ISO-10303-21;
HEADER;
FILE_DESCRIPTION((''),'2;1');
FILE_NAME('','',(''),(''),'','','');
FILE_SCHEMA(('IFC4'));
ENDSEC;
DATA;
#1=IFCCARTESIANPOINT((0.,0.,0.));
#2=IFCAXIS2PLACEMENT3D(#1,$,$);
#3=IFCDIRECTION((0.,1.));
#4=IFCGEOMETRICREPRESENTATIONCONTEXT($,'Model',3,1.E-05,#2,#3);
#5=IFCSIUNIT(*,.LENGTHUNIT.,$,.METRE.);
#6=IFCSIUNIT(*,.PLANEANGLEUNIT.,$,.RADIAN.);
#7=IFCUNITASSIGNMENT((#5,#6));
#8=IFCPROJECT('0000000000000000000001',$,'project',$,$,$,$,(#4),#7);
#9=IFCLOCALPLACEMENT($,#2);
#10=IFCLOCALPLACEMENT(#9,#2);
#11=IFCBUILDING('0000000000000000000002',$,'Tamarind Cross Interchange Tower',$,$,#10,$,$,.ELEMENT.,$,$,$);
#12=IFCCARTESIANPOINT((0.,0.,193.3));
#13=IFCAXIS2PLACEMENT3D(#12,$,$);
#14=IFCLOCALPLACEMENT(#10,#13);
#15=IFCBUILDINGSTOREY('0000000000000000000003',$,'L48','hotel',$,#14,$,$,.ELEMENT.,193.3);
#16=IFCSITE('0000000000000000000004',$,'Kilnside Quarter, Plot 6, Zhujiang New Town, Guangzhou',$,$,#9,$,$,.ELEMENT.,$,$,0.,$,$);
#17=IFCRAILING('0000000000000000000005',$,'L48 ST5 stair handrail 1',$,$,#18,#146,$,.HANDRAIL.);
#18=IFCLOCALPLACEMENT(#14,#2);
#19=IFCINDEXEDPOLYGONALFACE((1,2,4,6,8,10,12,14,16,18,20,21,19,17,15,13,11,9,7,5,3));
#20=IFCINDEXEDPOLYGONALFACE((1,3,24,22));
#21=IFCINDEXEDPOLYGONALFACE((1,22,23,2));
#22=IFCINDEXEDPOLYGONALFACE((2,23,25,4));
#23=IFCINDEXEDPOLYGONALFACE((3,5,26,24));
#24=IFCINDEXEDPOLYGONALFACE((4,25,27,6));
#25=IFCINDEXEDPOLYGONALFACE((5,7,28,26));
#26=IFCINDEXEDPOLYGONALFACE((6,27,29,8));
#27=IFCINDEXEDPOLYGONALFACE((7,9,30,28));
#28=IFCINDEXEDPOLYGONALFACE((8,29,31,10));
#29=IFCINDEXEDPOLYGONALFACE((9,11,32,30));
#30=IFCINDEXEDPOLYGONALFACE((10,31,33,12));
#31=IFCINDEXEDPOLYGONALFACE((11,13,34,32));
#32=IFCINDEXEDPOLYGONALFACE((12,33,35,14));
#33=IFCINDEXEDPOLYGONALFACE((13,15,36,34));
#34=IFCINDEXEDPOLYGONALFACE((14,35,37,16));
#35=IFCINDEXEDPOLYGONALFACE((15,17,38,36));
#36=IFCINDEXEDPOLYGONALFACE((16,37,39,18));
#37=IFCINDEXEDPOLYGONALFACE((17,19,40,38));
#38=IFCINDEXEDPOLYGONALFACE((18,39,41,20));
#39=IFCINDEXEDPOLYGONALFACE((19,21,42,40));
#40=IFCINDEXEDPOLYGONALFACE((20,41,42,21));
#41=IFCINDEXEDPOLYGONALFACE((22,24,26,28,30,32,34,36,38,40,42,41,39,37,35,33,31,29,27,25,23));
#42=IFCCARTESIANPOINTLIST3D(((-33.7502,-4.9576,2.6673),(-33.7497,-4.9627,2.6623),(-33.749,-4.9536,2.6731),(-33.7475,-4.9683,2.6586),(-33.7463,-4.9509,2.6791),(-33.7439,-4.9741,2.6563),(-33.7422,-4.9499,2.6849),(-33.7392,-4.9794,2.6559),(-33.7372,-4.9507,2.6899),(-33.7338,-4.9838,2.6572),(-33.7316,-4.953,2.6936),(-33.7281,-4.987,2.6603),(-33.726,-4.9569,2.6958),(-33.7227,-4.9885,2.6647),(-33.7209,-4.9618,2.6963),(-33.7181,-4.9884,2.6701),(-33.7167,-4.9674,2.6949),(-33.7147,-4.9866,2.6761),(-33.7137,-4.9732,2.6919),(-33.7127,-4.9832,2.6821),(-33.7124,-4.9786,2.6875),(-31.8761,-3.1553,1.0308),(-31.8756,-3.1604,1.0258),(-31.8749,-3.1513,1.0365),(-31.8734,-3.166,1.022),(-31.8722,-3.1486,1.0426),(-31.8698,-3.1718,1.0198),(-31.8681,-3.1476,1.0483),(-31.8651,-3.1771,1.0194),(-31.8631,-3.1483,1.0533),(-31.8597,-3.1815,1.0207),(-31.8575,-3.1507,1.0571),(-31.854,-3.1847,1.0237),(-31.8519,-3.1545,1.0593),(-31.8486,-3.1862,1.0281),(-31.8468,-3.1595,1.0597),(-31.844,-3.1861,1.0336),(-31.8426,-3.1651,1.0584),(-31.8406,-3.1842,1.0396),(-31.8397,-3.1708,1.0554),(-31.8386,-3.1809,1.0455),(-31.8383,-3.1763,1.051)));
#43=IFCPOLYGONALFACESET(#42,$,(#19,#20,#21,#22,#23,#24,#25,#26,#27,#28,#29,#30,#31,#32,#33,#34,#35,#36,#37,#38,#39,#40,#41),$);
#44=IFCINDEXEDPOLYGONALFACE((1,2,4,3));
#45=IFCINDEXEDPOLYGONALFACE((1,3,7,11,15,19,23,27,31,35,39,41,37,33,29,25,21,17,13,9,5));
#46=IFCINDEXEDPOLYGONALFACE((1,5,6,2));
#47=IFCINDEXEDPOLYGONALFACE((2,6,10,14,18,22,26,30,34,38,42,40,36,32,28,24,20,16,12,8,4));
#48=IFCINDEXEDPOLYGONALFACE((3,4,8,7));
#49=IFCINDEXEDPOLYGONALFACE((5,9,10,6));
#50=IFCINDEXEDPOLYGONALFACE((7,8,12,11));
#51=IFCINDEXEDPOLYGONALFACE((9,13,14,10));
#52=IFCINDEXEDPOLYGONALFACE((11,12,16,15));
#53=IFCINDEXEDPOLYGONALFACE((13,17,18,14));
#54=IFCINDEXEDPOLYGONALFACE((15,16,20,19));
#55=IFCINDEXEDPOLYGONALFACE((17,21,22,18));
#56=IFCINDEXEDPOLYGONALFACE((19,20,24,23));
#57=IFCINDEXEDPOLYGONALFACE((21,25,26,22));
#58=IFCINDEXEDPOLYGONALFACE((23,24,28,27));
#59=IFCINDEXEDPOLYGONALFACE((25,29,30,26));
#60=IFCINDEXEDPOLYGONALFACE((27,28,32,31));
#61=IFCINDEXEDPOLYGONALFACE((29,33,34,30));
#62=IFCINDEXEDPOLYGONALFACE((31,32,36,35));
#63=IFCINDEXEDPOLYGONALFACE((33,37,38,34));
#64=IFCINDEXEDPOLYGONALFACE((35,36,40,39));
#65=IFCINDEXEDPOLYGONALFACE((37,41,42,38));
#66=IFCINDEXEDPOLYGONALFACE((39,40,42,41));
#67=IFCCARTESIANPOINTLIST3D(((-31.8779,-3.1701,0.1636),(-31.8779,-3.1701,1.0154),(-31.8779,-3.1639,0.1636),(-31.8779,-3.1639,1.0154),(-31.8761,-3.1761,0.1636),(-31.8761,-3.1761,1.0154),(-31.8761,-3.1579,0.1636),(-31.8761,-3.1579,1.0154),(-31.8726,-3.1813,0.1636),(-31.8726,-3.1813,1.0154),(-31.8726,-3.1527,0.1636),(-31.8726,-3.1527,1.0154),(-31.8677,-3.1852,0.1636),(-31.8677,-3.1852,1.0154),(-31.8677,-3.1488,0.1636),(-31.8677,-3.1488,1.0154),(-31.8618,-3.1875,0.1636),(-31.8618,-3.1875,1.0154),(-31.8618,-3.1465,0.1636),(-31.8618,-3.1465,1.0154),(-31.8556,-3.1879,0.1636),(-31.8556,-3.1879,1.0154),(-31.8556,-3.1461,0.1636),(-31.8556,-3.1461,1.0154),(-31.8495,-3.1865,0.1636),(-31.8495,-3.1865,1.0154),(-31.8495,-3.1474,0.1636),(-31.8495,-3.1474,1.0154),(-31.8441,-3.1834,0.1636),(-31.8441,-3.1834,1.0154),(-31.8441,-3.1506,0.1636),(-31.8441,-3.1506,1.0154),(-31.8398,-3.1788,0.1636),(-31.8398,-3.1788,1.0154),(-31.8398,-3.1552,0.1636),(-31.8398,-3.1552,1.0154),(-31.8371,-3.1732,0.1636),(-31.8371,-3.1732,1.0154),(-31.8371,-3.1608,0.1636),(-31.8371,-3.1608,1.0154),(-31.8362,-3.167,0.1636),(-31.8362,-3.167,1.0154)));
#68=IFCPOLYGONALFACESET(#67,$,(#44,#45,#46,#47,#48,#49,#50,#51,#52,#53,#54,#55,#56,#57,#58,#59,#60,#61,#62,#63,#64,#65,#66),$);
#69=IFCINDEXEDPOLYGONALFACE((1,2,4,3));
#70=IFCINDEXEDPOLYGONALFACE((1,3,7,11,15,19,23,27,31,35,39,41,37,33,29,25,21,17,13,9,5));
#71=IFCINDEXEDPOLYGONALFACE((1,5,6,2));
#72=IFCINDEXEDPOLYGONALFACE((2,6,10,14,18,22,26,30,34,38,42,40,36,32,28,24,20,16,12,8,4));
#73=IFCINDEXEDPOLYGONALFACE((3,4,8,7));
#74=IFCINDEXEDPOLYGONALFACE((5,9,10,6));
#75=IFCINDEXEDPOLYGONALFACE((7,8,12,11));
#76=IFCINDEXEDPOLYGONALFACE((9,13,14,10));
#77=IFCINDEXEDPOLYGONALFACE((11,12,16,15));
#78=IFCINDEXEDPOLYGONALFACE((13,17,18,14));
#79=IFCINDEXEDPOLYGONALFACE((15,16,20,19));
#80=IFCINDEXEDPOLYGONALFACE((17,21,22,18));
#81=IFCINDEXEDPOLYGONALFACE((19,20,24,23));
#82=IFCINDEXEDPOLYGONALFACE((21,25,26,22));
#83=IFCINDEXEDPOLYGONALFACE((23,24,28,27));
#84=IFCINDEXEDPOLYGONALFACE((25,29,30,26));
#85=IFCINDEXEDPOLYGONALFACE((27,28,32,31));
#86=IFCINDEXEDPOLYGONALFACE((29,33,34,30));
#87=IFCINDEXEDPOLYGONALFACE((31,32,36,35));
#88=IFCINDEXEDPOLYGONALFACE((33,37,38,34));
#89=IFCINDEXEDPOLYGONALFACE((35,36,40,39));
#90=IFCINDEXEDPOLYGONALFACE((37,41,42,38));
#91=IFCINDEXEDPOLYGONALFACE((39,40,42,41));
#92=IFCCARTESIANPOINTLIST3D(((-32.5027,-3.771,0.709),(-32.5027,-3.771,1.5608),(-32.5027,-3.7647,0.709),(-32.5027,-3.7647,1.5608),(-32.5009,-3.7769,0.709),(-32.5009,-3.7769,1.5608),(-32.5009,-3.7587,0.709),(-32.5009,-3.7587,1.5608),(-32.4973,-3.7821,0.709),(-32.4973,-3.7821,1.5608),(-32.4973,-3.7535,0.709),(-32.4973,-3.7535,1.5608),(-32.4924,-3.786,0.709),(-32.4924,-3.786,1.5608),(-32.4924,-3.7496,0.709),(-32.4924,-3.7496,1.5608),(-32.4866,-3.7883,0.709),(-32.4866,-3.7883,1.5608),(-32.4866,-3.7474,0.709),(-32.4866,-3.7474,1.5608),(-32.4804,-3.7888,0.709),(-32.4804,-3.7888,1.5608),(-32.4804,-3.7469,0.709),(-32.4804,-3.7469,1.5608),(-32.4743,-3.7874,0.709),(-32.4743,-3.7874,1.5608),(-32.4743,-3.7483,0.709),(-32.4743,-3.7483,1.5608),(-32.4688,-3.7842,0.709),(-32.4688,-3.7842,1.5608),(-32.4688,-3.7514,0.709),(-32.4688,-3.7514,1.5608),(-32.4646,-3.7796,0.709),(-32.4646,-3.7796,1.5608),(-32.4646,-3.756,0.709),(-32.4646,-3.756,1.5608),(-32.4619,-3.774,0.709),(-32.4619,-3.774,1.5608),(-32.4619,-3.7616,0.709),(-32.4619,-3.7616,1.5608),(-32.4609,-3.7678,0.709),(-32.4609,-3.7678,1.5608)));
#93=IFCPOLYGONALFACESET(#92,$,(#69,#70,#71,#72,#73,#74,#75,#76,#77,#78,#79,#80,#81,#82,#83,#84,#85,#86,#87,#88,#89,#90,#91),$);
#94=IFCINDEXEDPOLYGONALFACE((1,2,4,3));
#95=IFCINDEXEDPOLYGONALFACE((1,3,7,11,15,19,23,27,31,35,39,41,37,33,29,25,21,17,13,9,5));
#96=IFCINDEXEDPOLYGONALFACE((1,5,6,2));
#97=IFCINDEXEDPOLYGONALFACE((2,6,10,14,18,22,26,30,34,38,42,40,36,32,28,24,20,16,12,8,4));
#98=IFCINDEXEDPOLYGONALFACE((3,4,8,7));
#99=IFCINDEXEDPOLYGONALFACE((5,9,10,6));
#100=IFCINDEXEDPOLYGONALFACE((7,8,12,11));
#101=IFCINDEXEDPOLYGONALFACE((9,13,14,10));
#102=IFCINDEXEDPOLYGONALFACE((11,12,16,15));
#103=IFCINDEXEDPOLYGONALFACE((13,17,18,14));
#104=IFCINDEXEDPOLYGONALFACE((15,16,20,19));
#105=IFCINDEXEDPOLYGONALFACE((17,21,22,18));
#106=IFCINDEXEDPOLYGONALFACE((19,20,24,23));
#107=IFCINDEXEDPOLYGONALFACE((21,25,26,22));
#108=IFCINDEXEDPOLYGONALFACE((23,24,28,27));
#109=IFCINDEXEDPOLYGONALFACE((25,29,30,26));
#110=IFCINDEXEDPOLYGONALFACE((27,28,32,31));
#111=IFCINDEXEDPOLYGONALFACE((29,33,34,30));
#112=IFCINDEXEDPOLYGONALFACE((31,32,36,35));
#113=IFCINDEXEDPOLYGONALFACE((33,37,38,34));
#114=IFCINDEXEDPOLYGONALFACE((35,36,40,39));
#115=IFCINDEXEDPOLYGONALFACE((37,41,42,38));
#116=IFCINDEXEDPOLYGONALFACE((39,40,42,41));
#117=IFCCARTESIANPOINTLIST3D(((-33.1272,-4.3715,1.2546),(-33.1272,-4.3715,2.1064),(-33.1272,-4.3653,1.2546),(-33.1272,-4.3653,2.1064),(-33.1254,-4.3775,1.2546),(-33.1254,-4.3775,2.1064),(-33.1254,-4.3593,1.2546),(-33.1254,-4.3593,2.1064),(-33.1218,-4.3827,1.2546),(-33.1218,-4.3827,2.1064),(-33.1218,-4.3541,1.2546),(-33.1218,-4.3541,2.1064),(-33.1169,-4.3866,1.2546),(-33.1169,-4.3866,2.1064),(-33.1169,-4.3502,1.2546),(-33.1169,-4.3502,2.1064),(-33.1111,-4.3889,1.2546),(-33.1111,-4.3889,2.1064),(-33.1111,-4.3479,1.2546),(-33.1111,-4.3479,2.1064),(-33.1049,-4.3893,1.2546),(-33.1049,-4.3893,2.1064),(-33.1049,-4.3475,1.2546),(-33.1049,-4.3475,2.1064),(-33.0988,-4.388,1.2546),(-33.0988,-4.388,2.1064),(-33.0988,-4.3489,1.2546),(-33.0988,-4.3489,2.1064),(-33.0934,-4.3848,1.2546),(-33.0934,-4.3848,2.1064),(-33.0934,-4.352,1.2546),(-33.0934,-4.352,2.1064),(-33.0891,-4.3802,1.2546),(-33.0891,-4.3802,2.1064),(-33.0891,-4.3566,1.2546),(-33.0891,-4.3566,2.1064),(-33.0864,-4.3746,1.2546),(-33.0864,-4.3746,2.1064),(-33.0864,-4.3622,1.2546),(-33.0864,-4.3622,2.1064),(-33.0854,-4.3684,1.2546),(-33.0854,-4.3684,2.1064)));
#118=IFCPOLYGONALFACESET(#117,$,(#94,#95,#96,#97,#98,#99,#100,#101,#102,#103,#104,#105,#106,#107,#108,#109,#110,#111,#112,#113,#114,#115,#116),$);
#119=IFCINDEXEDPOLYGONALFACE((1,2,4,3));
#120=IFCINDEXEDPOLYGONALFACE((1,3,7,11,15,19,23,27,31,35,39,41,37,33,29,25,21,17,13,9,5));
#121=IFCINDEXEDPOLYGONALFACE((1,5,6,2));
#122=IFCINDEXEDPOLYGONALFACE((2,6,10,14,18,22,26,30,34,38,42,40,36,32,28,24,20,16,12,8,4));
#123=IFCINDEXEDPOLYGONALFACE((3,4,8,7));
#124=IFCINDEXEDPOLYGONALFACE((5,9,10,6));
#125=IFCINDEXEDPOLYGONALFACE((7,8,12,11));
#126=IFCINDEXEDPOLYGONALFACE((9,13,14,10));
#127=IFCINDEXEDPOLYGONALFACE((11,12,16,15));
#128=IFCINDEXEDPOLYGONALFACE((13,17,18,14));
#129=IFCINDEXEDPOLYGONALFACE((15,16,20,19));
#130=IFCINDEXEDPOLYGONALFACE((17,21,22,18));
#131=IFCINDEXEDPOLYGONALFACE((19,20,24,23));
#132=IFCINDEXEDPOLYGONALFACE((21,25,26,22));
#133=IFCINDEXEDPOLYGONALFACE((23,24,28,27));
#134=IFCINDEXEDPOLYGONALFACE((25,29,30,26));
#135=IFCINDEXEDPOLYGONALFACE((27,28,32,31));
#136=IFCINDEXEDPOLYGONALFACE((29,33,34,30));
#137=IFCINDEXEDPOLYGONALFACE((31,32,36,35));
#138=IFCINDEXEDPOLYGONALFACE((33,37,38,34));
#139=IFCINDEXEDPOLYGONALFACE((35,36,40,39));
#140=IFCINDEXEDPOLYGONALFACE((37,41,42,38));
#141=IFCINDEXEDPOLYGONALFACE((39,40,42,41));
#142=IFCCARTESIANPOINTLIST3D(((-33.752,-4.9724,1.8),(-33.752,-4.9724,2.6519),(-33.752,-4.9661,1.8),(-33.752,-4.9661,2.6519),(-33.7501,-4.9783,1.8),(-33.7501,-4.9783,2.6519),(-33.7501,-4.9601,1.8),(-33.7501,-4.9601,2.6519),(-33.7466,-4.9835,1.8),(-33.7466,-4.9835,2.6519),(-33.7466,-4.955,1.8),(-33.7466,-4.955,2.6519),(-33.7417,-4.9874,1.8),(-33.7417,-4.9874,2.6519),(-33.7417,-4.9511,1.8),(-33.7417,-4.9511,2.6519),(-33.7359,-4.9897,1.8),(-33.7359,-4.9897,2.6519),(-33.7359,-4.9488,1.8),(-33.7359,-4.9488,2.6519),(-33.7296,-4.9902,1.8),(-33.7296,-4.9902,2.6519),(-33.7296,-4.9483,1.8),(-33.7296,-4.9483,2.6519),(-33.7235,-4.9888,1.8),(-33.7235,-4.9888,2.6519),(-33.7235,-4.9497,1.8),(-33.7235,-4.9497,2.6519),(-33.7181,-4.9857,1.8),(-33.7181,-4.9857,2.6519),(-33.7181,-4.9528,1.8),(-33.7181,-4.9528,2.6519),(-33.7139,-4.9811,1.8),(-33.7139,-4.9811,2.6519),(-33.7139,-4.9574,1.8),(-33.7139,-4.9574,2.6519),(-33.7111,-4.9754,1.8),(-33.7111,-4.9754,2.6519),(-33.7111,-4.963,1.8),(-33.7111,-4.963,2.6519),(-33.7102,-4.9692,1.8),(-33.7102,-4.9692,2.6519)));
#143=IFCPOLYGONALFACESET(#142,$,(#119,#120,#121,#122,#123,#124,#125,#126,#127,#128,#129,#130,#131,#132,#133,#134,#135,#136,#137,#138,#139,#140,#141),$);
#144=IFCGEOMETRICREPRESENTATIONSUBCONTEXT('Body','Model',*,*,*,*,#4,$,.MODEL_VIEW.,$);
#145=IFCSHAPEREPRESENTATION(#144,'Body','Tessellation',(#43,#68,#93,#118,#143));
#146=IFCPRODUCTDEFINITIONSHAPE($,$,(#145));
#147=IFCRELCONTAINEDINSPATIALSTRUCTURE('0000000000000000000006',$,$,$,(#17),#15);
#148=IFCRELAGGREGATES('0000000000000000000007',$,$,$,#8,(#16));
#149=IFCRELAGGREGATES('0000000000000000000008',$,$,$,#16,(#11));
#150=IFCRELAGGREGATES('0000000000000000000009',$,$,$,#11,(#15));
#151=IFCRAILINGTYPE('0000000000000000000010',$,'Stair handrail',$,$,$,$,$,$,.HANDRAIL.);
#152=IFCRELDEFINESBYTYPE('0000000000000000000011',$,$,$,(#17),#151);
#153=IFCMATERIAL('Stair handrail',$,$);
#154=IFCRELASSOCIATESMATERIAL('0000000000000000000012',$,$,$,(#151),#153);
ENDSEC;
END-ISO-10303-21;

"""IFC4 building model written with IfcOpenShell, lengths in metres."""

from ifc_helpers import new_model, si_unit, direction, frame, origin, origin_2d, place, context, subcontext, project, spatial, circle, extrude, material, type_object, element, save


model = new_model("IFC4")

# Units and contexts
model_context = context("Model", 3, precision=1e-05, world=origin(), true_north=direction((0.0, 1.0)))
body_context = subcontext(model_context, "Body", "Model", "MODEL_VIEW")
ifc_project = project(units=[si_unit("LENGTHUNIT", "METRE"), si_unit("PLANEANGLEUNIT", "RADIAN")], contexts=[model_context])

# Site, building, storey
site_placement = place(None, origin())
site = spatial("IfcSite", under=ifc_project, at=site_placement, Name="Kilnside Quarter, Plot 6, Zhujiang New Town, Guangzhou", CompositionType="ELEMENT", RefElevation=0.0)
building_placement = place(site_placement, origin())
building = spatial("IfcBuilding", under=site, at=building_placement, Name="Tamarind Cross Interchange Tower", CompositionType="ELEMENT")
storey_placement = place(building_placement, frame((0.0, 0.0, 193.3)))
storey = spatial("IfcBuildingStorey", under=building, at=storey_placement, Name="L48", Description="hotel", CompositionType="ELEMENT", Elevation=193.3)

# Railing
ifc_material_1 = material(Name="Stair handrail")
railing_type_1 = type_object("IfcRailingType", Name="Stair handrail", PredefinedType="HANDRAIL", material=ifc_material_1)
railing_1_placement = place(storey_placement, frame((-31.8572, -3.167, 0.1636)))
element("IfcRailing", 1, at=railing_1_placement, inside=storey, type_object=railing_type_1, Name="L48 ST5 stair handrail 1", PredefinedType="HANDRAIL", context=body_context, shape_type="SweptSolid", body=[
    extrude(circle(Radius=0.0239, at=origin_2d()), frame((0.0, 0.0, 0.876), z_axis=(-0.610004, -0.58664, 0.532681), x_axis=(0.693169, -0.720775, 0.0)), (0.0, 0.0, 1.0), 3.0723),
    extrude(circle(Radius=0.021, at=origin_2d()), origin(), (0.0, 0.0, 1.0), 0.8518),
    extrude(circle(Radius=0.021, at=origin_2d()), frame((-0.6248, -0.6008, 0.5454)), (0.0, 0.0, 1.0), 0.8518),
    extrude(circle(Radius=0.021, at=origin_2d()), frame((-1.2493, -1.2014, 1.0911)), (0.0, 0.0, 1.0), 0.8518),
    extrude(circle(Radius=0.021, at=origin_2d()), frame((-1.874, -1.8022, 1.6365)), (0.0, 0.0, 1.0), 0.8518),
])

save(model, "model.ifc")
